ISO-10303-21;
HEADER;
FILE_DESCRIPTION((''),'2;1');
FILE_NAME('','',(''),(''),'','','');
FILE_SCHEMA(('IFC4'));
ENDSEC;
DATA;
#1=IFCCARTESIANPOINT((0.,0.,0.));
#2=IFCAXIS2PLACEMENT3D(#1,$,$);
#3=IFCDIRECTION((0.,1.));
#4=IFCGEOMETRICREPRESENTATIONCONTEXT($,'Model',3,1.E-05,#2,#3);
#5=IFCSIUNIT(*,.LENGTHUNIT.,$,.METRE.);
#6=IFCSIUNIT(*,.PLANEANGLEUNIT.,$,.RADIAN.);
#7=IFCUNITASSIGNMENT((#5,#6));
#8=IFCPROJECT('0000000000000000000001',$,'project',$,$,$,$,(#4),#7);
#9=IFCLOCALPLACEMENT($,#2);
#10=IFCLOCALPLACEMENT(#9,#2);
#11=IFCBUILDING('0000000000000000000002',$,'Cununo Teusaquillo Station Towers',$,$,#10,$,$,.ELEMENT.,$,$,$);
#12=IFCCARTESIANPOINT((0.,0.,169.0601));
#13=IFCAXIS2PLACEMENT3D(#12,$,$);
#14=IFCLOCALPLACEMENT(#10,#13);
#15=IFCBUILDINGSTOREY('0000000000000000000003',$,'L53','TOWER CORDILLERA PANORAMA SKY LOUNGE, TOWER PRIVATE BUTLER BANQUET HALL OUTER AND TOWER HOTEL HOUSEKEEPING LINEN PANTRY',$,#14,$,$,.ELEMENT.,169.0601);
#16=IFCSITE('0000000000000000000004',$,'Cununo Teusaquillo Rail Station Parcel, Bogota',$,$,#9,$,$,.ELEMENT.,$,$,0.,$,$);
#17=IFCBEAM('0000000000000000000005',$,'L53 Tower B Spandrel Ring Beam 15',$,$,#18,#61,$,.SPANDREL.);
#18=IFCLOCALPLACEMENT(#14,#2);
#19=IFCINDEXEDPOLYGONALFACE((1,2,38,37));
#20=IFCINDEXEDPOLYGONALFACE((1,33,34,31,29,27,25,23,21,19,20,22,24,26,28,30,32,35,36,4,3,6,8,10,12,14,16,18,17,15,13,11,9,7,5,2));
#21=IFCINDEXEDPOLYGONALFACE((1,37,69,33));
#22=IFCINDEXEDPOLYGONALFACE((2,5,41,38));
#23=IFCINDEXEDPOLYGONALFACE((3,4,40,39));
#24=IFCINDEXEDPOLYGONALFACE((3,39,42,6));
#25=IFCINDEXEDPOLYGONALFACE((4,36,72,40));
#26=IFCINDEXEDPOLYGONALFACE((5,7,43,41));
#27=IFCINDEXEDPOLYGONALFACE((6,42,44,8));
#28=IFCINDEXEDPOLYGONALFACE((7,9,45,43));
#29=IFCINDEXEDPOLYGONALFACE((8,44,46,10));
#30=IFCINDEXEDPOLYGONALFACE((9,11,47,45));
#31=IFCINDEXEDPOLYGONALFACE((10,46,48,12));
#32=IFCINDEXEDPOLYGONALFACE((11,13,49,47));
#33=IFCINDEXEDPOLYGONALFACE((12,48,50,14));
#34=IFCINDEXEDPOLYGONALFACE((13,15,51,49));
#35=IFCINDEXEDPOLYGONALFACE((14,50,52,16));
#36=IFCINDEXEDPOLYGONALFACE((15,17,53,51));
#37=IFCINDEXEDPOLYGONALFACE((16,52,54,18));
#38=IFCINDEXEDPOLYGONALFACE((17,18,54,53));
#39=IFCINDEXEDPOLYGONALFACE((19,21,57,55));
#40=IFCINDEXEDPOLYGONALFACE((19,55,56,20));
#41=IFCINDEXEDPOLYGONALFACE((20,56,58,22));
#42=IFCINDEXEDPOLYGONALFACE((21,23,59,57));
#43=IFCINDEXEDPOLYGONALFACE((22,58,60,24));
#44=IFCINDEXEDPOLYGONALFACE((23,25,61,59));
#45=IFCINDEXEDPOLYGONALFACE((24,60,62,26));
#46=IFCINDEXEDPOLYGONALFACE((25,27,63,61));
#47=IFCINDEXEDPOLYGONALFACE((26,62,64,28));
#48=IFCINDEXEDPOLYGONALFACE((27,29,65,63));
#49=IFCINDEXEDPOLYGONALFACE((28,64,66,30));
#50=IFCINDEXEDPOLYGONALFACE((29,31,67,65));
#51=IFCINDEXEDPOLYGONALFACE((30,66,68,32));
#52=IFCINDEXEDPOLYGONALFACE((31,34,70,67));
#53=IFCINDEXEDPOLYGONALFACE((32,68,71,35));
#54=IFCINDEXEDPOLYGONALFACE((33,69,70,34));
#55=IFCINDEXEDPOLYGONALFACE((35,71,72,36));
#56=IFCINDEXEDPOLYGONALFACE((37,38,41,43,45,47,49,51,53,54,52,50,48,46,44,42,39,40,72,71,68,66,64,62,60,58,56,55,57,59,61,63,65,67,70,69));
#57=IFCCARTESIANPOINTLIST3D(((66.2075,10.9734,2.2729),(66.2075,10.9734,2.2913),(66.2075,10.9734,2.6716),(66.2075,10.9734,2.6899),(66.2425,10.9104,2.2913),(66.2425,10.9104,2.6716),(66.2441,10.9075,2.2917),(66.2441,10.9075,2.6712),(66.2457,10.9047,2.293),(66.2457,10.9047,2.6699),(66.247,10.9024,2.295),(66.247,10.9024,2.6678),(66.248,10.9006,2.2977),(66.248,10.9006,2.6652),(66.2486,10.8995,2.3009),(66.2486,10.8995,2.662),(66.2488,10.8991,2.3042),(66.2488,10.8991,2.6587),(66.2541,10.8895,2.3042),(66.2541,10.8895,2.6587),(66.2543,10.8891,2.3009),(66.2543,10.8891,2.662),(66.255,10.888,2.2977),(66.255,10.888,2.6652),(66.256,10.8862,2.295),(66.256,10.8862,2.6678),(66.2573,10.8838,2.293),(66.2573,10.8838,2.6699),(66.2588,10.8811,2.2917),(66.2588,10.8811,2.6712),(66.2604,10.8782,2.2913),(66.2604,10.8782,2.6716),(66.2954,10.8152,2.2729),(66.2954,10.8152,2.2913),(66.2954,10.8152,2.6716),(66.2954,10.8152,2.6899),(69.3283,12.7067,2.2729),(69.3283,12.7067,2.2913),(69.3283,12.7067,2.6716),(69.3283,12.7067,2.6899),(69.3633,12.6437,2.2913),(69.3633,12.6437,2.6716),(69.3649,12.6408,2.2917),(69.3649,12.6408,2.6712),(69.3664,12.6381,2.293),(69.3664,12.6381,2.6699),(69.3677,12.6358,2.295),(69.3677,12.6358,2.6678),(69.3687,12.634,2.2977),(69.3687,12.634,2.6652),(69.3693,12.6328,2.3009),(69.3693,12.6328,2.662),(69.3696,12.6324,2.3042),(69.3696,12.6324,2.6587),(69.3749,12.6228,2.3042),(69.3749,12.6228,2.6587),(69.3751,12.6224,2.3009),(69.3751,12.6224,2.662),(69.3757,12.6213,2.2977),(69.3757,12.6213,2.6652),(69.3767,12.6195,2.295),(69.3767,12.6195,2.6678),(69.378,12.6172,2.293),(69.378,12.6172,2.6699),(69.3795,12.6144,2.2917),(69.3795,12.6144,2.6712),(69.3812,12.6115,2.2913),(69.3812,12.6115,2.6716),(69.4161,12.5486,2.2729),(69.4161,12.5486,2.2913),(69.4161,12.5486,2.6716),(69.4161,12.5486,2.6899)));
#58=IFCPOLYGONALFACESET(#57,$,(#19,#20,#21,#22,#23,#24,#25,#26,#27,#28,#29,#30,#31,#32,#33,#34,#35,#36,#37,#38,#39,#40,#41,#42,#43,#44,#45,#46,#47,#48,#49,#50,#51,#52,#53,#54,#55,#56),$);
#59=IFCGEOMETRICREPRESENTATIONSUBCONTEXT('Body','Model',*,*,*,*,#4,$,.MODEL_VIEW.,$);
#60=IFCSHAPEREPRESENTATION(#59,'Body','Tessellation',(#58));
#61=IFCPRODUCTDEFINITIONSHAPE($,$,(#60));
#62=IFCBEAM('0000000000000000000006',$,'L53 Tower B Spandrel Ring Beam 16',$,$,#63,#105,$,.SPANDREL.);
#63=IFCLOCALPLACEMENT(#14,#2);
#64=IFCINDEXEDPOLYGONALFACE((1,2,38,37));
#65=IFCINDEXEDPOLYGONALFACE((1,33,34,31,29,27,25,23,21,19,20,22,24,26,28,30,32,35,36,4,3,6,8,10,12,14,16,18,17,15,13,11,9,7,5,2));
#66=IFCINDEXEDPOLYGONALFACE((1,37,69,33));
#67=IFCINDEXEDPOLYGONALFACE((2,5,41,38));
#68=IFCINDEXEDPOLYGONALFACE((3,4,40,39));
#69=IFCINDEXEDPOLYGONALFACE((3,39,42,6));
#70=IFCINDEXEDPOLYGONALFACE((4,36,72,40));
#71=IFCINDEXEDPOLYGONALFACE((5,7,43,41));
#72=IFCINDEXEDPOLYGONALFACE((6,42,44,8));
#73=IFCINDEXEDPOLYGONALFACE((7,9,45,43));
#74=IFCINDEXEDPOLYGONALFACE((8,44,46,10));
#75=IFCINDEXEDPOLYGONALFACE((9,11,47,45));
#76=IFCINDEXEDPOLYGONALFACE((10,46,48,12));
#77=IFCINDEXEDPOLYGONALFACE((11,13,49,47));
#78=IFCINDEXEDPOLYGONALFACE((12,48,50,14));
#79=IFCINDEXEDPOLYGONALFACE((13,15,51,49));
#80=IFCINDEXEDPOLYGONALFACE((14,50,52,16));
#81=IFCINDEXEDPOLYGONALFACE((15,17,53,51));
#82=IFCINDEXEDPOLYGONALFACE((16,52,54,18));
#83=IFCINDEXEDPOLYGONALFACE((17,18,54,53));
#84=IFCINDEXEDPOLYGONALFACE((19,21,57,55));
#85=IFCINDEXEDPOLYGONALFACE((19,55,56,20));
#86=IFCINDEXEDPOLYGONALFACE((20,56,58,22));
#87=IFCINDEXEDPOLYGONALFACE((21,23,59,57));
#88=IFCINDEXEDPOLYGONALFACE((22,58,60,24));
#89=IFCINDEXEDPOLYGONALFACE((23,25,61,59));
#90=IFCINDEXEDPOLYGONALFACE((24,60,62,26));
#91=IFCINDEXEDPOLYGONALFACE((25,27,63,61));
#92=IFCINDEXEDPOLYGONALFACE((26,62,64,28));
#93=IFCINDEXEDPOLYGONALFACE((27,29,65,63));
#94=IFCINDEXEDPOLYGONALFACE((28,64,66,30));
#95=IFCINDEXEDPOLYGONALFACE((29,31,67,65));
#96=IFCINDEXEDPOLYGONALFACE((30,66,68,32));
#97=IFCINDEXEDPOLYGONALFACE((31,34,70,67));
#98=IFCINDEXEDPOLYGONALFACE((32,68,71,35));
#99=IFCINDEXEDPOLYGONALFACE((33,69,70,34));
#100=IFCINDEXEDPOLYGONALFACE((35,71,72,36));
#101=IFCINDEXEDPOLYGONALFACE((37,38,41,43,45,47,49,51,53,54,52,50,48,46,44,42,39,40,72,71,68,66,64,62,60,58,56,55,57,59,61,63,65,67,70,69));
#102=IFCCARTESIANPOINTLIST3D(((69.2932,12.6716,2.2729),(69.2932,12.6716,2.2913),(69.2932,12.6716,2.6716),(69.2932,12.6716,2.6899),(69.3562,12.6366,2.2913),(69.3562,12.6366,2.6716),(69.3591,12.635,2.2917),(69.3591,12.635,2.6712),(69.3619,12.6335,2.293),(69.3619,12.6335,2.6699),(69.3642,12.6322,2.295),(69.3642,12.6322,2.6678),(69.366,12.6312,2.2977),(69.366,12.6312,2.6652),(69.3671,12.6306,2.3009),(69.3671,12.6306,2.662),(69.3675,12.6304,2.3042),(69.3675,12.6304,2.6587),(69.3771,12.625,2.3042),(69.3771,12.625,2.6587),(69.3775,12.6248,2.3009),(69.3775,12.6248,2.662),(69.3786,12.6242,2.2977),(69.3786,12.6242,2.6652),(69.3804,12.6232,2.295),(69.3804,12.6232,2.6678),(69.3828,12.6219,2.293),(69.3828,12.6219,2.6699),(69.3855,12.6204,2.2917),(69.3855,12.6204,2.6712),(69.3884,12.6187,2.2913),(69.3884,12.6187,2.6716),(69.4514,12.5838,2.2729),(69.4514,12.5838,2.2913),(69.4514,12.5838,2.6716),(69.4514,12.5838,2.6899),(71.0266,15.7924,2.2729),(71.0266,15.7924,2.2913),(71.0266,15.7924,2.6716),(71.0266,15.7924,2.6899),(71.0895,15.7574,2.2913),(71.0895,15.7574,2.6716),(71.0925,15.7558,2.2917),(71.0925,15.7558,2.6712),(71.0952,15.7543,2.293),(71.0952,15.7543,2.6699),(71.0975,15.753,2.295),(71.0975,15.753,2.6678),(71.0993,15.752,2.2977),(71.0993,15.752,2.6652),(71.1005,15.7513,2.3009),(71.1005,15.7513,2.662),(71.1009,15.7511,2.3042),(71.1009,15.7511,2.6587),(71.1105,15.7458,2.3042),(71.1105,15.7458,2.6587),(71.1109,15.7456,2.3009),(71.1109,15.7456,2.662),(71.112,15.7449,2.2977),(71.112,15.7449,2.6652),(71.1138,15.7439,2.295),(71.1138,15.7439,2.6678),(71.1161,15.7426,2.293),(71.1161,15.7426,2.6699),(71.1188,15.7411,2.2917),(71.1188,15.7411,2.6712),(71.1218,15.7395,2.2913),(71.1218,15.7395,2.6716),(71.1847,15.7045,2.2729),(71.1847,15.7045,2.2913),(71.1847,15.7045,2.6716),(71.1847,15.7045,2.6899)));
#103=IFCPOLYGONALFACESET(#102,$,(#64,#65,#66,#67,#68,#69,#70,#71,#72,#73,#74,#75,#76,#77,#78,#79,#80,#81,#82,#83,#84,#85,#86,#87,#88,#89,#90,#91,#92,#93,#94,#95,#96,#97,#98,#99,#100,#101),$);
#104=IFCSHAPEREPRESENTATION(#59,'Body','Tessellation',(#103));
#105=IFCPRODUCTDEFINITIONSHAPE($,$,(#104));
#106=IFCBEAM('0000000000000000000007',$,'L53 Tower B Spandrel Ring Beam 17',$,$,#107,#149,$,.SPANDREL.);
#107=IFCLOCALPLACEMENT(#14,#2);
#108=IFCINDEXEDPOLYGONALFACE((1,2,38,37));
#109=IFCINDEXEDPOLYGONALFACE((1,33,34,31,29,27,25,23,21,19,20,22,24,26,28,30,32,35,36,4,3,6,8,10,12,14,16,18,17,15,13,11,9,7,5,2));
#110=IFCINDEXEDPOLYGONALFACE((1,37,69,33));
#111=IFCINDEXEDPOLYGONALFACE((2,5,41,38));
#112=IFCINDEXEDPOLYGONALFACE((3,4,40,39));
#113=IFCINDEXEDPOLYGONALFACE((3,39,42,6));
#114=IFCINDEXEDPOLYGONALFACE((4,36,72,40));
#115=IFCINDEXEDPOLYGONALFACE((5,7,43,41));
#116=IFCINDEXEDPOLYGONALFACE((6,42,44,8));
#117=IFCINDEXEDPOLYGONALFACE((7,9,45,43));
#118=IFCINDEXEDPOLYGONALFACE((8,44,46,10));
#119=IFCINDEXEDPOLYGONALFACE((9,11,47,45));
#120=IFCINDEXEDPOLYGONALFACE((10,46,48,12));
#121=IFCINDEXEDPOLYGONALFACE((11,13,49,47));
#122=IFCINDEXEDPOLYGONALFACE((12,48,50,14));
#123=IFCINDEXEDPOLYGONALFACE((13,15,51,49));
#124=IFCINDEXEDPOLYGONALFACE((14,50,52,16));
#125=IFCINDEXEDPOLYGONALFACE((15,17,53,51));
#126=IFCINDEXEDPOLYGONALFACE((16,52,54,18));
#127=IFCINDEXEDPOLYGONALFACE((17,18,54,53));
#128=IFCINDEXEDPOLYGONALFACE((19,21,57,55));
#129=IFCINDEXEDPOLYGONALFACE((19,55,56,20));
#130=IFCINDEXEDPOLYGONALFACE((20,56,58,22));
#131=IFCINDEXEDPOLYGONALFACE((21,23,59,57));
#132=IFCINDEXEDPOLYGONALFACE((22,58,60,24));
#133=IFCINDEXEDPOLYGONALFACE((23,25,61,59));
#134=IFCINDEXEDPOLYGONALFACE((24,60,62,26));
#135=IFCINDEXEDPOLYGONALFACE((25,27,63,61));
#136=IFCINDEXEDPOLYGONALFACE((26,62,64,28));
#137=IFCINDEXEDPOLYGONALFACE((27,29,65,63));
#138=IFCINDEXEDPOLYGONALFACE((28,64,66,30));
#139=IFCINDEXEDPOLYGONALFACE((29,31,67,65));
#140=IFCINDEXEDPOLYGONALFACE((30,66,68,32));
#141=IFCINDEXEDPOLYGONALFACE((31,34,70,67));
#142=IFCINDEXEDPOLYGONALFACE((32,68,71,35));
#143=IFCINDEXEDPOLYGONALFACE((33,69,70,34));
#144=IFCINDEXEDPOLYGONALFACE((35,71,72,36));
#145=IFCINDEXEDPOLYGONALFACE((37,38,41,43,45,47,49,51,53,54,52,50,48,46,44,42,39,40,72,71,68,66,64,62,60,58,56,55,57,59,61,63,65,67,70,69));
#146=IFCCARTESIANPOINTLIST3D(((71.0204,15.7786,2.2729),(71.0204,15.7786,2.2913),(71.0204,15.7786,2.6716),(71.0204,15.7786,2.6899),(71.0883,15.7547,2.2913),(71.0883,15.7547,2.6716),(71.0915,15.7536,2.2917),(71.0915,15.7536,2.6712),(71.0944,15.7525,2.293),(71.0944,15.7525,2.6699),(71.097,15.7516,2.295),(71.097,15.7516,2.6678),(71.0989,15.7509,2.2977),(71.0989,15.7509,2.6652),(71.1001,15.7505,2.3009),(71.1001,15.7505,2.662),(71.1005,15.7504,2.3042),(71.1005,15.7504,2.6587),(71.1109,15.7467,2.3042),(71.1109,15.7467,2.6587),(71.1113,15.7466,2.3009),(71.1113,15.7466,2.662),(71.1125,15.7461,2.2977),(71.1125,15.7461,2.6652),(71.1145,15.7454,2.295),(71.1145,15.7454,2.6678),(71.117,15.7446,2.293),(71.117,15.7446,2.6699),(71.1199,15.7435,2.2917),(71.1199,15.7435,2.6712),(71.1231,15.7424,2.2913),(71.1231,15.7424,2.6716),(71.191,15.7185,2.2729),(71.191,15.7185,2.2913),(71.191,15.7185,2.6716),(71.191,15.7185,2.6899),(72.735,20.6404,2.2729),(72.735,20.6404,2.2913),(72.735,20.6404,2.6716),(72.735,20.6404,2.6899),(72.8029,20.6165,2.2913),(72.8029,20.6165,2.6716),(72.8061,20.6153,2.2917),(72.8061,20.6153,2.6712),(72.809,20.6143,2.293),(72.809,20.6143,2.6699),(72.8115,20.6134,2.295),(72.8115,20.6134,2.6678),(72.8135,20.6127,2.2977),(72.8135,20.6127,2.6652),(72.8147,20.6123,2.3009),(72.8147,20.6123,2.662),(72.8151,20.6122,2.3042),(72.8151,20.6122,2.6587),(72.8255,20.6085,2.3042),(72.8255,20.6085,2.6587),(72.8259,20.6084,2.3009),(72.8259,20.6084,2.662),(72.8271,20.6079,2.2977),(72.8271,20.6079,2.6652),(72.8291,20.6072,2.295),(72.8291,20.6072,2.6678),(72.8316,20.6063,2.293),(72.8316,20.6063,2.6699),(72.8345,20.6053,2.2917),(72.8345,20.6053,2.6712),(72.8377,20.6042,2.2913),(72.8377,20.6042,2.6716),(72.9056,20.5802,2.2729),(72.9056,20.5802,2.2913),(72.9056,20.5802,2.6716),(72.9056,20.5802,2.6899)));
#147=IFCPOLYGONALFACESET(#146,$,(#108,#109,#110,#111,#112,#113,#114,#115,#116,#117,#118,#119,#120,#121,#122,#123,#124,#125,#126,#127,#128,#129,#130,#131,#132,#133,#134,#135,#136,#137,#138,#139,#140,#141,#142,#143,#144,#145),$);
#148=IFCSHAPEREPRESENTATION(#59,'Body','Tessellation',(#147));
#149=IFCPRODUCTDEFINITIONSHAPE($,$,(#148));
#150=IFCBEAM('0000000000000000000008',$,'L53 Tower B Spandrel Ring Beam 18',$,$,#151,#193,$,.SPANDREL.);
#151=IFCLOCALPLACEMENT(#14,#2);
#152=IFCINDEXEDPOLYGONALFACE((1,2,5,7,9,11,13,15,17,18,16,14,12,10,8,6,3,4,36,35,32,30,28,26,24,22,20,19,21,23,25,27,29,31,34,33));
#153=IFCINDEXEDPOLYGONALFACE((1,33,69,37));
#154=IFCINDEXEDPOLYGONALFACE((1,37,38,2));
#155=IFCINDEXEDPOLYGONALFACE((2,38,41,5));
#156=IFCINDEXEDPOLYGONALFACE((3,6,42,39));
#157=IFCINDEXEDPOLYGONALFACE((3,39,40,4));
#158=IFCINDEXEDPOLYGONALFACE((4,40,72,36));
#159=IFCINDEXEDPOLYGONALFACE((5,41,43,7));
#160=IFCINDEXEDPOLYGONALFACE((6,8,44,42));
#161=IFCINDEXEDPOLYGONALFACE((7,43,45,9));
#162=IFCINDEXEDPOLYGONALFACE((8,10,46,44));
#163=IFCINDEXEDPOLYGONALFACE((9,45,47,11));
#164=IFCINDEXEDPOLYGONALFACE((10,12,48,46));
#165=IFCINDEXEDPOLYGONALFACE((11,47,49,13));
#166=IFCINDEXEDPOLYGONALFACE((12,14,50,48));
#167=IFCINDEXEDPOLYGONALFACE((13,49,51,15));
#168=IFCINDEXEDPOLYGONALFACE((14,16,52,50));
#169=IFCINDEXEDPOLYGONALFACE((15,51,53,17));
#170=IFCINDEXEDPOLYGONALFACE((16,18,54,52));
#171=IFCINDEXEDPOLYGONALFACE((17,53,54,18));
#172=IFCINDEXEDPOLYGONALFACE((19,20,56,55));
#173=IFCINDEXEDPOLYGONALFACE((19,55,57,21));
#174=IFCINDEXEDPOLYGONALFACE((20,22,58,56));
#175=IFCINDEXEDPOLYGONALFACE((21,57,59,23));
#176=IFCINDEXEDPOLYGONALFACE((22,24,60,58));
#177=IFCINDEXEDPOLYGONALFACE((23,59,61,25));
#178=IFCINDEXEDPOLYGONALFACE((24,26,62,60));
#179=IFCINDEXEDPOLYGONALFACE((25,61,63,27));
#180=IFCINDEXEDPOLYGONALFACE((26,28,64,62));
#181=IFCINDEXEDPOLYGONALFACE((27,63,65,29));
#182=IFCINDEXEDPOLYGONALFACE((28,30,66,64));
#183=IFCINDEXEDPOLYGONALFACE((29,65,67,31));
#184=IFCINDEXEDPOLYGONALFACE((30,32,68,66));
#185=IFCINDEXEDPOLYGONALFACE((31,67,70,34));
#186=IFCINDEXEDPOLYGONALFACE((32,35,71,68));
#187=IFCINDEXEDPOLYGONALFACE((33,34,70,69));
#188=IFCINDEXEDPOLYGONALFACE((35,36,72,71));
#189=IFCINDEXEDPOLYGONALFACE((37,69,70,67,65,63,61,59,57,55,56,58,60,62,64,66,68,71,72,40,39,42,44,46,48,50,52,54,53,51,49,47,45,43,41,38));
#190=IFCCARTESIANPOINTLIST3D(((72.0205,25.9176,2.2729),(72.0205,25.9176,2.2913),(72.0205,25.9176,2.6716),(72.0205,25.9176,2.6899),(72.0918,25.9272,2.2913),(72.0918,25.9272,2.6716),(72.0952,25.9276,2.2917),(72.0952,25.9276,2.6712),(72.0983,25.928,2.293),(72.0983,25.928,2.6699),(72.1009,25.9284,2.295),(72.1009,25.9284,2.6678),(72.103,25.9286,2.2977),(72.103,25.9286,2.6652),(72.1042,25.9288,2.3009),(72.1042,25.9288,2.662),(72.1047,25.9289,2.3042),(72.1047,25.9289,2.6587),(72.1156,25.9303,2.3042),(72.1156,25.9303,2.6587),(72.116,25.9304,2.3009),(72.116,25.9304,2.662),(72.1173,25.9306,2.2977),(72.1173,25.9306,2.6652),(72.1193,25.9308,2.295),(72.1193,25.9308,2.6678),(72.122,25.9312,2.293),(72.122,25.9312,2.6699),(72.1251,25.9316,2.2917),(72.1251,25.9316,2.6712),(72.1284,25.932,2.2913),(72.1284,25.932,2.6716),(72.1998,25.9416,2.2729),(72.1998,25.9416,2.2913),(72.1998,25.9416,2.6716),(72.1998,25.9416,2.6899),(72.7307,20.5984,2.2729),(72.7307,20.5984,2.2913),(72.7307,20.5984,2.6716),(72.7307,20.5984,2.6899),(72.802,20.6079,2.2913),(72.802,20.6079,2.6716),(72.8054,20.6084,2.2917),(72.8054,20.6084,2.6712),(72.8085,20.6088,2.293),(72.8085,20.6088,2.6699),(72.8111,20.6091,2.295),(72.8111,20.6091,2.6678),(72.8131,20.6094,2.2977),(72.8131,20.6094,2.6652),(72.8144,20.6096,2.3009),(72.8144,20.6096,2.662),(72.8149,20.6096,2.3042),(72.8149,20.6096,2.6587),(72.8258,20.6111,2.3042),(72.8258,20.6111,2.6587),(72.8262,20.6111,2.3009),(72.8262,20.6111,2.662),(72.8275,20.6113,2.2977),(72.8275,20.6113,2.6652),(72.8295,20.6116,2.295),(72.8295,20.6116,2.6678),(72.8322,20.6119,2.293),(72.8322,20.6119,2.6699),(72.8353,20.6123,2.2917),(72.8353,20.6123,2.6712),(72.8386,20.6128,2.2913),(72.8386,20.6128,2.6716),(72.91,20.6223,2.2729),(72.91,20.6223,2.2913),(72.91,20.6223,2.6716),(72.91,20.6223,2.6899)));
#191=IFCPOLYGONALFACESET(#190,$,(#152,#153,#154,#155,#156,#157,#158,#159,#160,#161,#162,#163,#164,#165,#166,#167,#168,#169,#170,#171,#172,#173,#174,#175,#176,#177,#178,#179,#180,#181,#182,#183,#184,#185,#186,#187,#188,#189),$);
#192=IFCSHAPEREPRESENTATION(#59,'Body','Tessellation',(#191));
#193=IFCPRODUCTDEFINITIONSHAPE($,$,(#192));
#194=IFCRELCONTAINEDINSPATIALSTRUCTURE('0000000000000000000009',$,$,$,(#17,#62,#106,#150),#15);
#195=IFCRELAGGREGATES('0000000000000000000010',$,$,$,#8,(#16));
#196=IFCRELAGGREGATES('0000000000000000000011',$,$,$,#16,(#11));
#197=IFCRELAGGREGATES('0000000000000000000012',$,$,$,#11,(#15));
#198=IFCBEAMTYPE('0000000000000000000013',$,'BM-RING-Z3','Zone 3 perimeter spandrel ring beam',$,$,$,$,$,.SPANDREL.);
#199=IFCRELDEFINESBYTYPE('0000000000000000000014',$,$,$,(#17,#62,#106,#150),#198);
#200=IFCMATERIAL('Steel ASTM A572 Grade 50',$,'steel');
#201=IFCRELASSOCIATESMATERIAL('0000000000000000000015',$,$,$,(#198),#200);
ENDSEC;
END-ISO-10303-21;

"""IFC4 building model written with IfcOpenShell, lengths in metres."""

from ifc_helpers import new_model, si_unit, direction, frame, origin, origin_2d, place, context, subcontext, project, spatial, i_section, extrude, material, material_profile, profile_set, type_object, element, save


model = new_model("IFC4")

# Units and contexts
model_context = context("Model", 3, precision=1e-05, world=origin(), true_north=direction((0.0, 1.0)))
body_context = subcontext(model_context, "Body", "Model", "MODEL_VIEW")
ifc_project = project(units=[si_unit("LENGTHUNIT", "METRE"), si_unit("PLANEANGLEUNIT", "RADIAN")], contexts=[model_context])

# Site, building, storey
site_placement = place(None, origin())
site = spatial("IfcSite", under=ifc_project, at=site_placement, Name="Cununo Teusaquillo Rail Station Parcel, Bogota", CompositionType="ELEMENT", RefElevation=0.0)
building_placement = place(site_placement, origin())
building = spatial("IfcBuilding", under=site, at=building_placement, Name="Cununo Teusaquillo Station Towers", CompositionType="ELEMENT")
storey_placement = place(building_placement, frame((0.0, 0.0, 169.0601)))
storey = spatial("IfcBuildingStorey", under=building, at=storey_placement, Name="L53", Description="TOWER CORDILLERA PANORAMA SKY LOUNGE, TOWER PRIVATE BUTLER BANQUET HALL OUTER AND TOWER HOTEL HOUSEKEEPING LINEN PANTRY", CompositionType="ELEMENT", Elevation=169.0601)

# Beams
ifc_material_1 = material(Name="Steel ASTM A572 Grade 50", Category="steel")
ifc_material_profile_1 = material_profile(ifc_material_1, i_section(OverallWidth=0.1809, OverallDepth=0.417, WebThickness=0.011, FlangeThickness=0.0183, FilletRadius=0.0129, at=origin_2d()), Name="W16X57")
ifc_profile_set_1 = profile_set([ifc_material_profile_1], Name="Steel ASTM A572 Grade 50")
beam_type_1 = type_object("IfcBeamType", Name="BM-RING-Z3", Description="Zone 3 perimeter spandrel ring beam", PredefinedType="SPANDREL", material=ifc_profile_set_1)
for number, where, z_axis, x_axis, name in (
    (1, (66.2515, 10.8943, 2.4814), (0.874206, 0.485556, 0.0), (-0.485556, 0.874206, 0.0), "L53 Tower B Spandrel Ring Beam 15"),
    (2, (69.3723, 12.6277, 2.4814), (0.485556, 0.874206, 0.0), (-0.874206, 0.485556, 0.0), "L53 Tower B Spandrel Ring Beam 16"),
):
    element("IfcBeam", number, at=place(storey_placement, frame(where, z_axis=z_axis, x_axis=x_axis)), inside=storey, type_object=beam_type_1, Name=name, PredefinedType="SPANDREL", context=body_context, shape_type="SweptSolid", body=[
        extrude(i_section(OverallWidth=0.1809, OverallDepth=0.417, WebThickness=0.011, FlangeThickness=0.0183, FilletRadius=0.0129, at=origin_2d()), origin(), (0.0, 0.0, 1.0), 3.5698),
    ])
beam_1_placement = place(storey_placement, frame((71.1057, 15.7485, 2.4814), z_axis=(0.33259, 0.943072, 0.0), x_axis=(-0.943072, 0.33259, 0.0)))
element("IfcBeam", 3, at=beam_1_placement, inside=storey, type_object=beam_type_1, Name="L53 Tower B Spandrel Ring Beam 17", PredefinedType="SPANDREL", context=body_context, shape_type="SweptSolid", body=[
    extrude(i_section(OverallWidth=0.1809, OverallDepth=0.417, WebThickness=0.011, FlangeThickness=0.0183, FilletRadius=0.0129, at=origin_2d()), origin(), (0.0, 0.0, 1.0), 5.1553),
])
beam_2_placement = place(storey_placement, frame((72.8203, 20.6104, 2.4814), z_axis=(-0.13234, 0.991204, 0.0), x_axis=(-0.991204, -0.13234, 0.0)))
element("IfcBeam", 4, at=beam_2_placement, inside=storey, type_object=beam_type_1, Name="L53 Tower B Spandrel Ring Beam 18", PredefinedType="SPANDREL", context=body_context, shape_type="SweptSolid", body=[
    extrude(i_section(OverallWidth=0.1809, OverallDepth=0.417, WebThickness=0.011, FlangeThickness=0.0183, FilletRadius=0.0129, at=origin_2d()), origin(), (0.0, 0.0, 1.0), 5.3665),
])

save(model, "model.ifc")
